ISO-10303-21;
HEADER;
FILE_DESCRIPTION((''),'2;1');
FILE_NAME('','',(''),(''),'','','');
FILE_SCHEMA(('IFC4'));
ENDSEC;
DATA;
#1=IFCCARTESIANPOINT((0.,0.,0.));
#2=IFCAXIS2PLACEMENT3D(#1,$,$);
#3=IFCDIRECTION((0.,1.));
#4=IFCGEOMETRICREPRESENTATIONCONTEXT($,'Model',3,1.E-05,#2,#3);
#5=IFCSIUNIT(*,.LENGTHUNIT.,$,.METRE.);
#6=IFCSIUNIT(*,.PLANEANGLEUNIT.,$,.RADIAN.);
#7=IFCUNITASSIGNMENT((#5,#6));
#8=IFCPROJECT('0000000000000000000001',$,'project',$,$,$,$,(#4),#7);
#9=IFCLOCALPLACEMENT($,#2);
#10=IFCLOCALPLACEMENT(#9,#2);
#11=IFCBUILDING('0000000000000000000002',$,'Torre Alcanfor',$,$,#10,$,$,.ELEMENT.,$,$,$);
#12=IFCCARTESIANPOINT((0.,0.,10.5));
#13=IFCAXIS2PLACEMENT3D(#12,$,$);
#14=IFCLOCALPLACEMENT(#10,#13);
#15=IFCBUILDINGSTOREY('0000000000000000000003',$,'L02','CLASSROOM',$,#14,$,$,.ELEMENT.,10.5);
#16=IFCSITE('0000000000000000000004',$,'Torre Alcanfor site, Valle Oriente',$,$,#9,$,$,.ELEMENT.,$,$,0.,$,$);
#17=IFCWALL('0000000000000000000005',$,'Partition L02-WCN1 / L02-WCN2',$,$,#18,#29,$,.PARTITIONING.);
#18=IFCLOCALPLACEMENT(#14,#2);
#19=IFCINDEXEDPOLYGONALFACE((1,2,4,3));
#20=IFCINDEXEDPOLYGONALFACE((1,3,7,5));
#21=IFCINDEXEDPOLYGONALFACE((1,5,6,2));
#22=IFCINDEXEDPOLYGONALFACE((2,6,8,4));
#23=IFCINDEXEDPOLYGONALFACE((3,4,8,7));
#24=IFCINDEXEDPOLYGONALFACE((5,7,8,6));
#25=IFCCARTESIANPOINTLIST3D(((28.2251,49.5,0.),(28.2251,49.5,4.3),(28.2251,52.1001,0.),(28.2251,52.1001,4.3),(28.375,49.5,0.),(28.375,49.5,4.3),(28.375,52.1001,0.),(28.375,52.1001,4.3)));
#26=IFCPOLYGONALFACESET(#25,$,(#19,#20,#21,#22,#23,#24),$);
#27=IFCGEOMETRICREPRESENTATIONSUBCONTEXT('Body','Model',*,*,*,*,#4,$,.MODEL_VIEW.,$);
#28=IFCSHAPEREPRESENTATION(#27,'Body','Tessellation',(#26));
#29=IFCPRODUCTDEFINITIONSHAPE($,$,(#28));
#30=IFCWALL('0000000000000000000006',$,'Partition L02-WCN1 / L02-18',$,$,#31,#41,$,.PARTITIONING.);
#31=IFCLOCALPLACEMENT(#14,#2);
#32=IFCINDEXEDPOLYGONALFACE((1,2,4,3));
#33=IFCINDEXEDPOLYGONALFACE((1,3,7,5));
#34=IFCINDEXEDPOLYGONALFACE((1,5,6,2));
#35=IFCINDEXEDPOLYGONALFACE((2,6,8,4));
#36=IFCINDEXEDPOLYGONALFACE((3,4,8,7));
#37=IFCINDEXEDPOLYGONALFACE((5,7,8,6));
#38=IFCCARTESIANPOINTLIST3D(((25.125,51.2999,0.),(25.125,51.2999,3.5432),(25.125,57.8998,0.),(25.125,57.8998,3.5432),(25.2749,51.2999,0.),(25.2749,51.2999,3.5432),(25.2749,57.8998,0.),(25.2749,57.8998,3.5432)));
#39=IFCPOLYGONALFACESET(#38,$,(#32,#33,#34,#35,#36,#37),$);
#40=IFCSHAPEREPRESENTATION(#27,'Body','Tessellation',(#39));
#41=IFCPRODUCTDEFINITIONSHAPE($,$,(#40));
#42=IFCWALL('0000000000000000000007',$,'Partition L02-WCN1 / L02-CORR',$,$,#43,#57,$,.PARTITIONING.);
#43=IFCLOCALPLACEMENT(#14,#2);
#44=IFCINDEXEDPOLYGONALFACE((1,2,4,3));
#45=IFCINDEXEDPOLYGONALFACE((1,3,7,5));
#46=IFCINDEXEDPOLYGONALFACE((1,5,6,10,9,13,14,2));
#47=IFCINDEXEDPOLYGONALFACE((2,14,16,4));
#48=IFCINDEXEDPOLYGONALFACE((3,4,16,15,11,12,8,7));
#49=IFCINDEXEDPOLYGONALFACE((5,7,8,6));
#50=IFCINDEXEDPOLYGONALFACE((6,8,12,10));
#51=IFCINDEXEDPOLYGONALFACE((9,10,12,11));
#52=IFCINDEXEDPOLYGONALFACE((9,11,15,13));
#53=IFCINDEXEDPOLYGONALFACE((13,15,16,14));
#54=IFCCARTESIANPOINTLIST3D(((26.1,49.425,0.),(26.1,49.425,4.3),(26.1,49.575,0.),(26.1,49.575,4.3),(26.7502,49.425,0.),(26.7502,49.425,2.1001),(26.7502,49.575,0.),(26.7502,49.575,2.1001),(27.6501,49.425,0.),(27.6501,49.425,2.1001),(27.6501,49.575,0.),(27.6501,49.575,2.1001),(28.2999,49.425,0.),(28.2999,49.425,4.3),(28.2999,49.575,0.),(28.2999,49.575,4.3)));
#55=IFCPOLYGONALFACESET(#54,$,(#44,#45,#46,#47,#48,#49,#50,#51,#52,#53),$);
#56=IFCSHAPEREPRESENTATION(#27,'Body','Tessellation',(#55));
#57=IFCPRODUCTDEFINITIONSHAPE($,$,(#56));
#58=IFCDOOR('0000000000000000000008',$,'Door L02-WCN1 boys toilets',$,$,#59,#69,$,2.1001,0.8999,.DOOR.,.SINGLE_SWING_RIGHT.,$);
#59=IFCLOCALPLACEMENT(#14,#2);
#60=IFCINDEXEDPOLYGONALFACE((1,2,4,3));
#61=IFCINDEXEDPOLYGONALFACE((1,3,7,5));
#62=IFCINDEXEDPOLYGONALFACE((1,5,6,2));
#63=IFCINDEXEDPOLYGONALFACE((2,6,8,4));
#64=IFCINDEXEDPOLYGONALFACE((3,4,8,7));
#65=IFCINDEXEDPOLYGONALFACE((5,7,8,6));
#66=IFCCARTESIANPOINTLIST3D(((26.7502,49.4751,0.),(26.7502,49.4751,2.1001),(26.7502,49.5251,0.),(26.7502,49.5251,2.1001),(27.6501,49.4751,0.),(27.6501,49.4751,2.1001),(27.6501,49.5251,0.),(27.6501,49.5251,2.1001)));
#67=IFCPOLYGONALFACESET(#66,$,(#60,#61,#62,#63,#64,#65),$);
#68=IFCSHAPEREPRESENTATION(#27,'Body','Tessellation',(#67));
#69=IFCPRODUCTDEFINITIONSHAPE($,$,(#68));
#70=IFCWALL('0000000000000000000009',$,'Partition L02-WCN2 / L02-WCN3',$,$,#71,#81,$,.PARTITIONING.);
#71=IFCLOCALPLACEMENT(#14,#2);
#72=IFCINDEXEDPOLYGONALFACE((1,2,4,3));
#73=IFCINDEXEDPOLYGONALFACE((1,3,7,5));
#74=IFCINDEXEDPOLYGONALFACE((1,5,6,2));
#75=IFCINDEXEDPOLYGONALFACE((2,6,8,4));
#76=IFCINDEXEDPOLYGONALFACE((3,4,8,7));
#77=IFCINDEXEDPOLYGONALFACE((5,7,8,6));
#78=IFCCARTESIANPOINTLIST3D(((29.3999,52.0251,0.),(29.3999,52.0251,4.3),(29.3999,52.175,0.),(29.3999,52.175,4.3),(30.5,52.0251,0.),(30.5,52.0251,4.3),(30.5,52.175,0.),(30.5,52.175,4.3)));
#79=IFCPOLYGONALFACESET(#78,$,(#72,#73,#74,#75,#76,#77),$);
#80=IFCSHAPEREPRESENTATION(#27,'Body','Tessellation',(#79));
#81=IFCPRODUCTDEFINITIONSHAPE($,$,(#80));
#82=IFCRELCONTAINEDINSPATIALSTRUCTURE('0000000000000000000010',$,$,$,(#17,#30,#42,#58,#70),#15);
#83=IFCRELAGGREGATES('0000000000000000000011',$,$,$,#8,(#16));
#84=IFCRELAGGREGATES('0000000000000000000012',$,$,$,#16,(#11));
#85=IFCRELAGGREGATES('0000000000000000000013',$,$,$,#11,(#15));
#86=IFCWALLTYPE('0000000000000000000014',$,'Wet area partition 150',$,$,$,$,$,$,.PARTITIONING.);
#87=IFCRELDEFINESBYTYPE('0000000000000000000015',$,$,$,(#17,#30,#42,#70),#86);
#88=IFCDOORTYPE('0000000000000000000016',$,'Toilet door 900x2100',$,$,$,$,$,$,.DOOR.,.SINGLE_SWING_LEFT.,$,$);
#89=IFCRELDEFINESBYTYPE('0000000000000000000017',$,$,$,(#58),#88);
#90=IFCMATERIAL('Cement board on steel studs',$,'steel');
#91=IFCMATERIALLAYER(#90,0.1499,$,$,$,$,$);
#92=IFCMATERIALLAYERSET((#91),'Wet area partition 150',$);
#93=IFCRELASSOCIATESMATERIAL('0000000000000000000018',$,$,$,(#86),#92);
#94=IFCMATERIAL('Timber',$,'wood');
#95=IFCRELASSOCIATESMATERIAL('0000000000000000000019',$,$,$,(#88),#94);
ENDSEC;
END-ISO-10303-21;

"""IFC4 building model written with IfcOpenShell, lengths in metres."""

from ifc_helpers import new_model, si_unit, direction, frame, frame_2d, origin, place, context, subcontext, project, spatial, rectangle, extrude, material, layer, layer_set, type_object, element, fill, save


model = new_model("IFC4")

# Units and contexts
model_context = context("Model", 3, precision=1e-05, world=origin(), true_north=direction((0.0, 1.0)))
body_context = subcontext(model_context, "Body", "Model", "MODEL_VIEW")
ifc_project = project(units=[si_unit("LENGTHUNIT", "METRE"), si_unit("PLANEANGLEUNIT", "RADIAN")], contexts=[model_context])

# Site, building, storey
site_placement = place(None, origin())
site = spatial("IfcSite", under=ifc_project, at=site_placement, Name="Torre Alcanfor site, Valle Oriente", CompositionType="ELEMENT", RefElevation=0.0)
building_placement = place(site_placement, origin())
building = spatial("IfcBuilding", under=site, at=building_placement, Name="Torre Alcanfor", CompositionType="ELEMENT")
storey_placement = place(building_placement, frame((0.0, 0.0, 10.5)))
storey = spatial("IfcBuildingStorey", under=building, at=storey_placement, Name="L02", Description="CLASSROOM", CompositionType="ELEMENT", Elevation=10.5)

# Walls
ifc_material_1 = material(Name="Cement board on steel studs", Category="steel")
ifc_layer_1 = layer(ifc_material_1, 0.1499)
ifc_layer_set_1 = layer_set([ifc_layer_1], Name="Wet area partition 150")
wall_type_1 = type_object("IfcWallType", Name="Wet area partition 150", PredefinedType="PARTITIONING", material=ifc_layer_set_1)
wall_1_placement = place(storey_placement, frame((28.3, 52.1001, 0.0), z_axis=(0.0, 0.0, 1.0), x_axis=(0.0, -1.0, 0.0)))
element("IfcWall", 1, at=wall_1_placement, inside=storey, type_object=wall_type_1, Name="Partition L02-WCN1 / L02-WCN2", PredefinedType="PARTITIONING", context=body_context, shape_type="SweptSolid", body=[
    extrude(rectangle(XDim=2.6001, YDim=0.1499, at=frame_2d((1.3, 0.0))), origin(), (0.0, 0.0, 1.0), 4.3),
])
wall_2_placement = place(storey_placement, frame((25.2, 51.3, 0.0), z_axis=(0.0, 0.0, 1.0), x_axis=(0.0, 1.0, 0.0)))
element("IfcWall", 2, at=wall_2_placement, inside=storey, type_object=wall_type_1, Name="Partition L02-WCN1 / L02-18", PredefinedType="PARTITIONING", context=body_context, shape_type="SweptSolid", body=[
    extrude(rectangle(XDim=6.5999, YDim=0.1499, at=frame_2d((3.2998, 0.0))), origin(), (0.0, 0.0, 1.0), 3.5432),
])

# Wall, opening, door
wall_3_placement = place(storey_placement, frame((28.3, 49.5, 0.0), z_axis=(0.0, 0.0, 1.0), x_axis=(-1.0, 0.0, 0.0)))
wall_3 = element("IfcWall", 3, at=wall_3_placement, inside=storey, type_object=wall_type_1, Name="Partition L02-WCN1 / L02-CORR", PredefinedType="PARTITIONING", context=body_context, shape_type="SweptSolid", body=[
    extrude(rectangle(XDim=2.2, YDim=0.1499, at=frame_2d((1.1001, 0.0))), origin(), (0.0, 0.0, 1.0), 4.3),
])
opening_1_placement = place(wall_3_placement, frame((0.6499, 0.0, 0.0)))
opening_1 = element("IfcOpeningElement", 4, at=opening_1_placement, cuts=wall_3, PredefinedType="OPENING", context=body_context, shape_type="SweptSolid", body=[
    extrude(rectangle(XDim=0.8999, YDim=2.1001, at=frame_2d((0.45, 1.05))), frame((0.0, 0.085, 0.0), z_axis=(0.0, -1.0, 0.0), x_axis=(1.0, 0.0, 0.0)), (0.0, 0.0, 1.0), 0.1699),
])
ifc_material_2 = material(Name="Timber", Category="wood")
door_type_1 = type_object("IfcDoorType", Name="Toilet door 900x2100", OperationType="SINGLE_SWING_LEFT", PredefinedType="DOOR", material=ifc_material_2)
door_1_placement = place(opening_1_placement, frame((0.8999, 0.0, 0.0), z_axis=(0.0, 0.0, 1.0), x_axis=(-1.0, 0.0, 0.0)))
door_1 = element("IfcDoor", 5, at=door_1_placement, inside=storey, type_object=door_type_1, Name="Door L02-WCN1 boys toilets", OperationType="SINGLE_SWING_RIGHT", OverallHeight=2.1001, OverallWidth=0.8999, PredefinedType="DOOR", context=body_context, shape_type="SweptSolid", body=[
    extrude(rectangle(XDim=0.8999, YDim=2.1001, at=frame_2d((0.45, 1.05))), frame((0.0, 0.0251, 0.0), z_axis=(0.0, -1.0, 0.0), x_axis=(1.0, 0.0, 0.0)), (0.0, 0.0, 1.0), 0.05),
])
fill(opening_1, door_1)

# Wall
wall_4_placement = place(storey_placement, frame((29.3999, 52.1001, 0.0), z_axis=(0.0, 0.0, 1.0), x_axis=(1.0, 0.0, 0.0)))
element("IfcWall", 6, at=wall_4_placement, inside=storey, type_object=wall_type_1, Name="Partition L02-WCN2 / L02-WCN3", PredefinedType="PARTITIONING", context=body_context, shape_type="SweptSolid", body=[
    extrude(rectangle(XDim=1.1001, YDim=0.1499, at=frame_2d((0.55, 0.0))), origin(), (0.0, 0.0, 1.0), 4.3),
])

save(model, "model.ifc")
